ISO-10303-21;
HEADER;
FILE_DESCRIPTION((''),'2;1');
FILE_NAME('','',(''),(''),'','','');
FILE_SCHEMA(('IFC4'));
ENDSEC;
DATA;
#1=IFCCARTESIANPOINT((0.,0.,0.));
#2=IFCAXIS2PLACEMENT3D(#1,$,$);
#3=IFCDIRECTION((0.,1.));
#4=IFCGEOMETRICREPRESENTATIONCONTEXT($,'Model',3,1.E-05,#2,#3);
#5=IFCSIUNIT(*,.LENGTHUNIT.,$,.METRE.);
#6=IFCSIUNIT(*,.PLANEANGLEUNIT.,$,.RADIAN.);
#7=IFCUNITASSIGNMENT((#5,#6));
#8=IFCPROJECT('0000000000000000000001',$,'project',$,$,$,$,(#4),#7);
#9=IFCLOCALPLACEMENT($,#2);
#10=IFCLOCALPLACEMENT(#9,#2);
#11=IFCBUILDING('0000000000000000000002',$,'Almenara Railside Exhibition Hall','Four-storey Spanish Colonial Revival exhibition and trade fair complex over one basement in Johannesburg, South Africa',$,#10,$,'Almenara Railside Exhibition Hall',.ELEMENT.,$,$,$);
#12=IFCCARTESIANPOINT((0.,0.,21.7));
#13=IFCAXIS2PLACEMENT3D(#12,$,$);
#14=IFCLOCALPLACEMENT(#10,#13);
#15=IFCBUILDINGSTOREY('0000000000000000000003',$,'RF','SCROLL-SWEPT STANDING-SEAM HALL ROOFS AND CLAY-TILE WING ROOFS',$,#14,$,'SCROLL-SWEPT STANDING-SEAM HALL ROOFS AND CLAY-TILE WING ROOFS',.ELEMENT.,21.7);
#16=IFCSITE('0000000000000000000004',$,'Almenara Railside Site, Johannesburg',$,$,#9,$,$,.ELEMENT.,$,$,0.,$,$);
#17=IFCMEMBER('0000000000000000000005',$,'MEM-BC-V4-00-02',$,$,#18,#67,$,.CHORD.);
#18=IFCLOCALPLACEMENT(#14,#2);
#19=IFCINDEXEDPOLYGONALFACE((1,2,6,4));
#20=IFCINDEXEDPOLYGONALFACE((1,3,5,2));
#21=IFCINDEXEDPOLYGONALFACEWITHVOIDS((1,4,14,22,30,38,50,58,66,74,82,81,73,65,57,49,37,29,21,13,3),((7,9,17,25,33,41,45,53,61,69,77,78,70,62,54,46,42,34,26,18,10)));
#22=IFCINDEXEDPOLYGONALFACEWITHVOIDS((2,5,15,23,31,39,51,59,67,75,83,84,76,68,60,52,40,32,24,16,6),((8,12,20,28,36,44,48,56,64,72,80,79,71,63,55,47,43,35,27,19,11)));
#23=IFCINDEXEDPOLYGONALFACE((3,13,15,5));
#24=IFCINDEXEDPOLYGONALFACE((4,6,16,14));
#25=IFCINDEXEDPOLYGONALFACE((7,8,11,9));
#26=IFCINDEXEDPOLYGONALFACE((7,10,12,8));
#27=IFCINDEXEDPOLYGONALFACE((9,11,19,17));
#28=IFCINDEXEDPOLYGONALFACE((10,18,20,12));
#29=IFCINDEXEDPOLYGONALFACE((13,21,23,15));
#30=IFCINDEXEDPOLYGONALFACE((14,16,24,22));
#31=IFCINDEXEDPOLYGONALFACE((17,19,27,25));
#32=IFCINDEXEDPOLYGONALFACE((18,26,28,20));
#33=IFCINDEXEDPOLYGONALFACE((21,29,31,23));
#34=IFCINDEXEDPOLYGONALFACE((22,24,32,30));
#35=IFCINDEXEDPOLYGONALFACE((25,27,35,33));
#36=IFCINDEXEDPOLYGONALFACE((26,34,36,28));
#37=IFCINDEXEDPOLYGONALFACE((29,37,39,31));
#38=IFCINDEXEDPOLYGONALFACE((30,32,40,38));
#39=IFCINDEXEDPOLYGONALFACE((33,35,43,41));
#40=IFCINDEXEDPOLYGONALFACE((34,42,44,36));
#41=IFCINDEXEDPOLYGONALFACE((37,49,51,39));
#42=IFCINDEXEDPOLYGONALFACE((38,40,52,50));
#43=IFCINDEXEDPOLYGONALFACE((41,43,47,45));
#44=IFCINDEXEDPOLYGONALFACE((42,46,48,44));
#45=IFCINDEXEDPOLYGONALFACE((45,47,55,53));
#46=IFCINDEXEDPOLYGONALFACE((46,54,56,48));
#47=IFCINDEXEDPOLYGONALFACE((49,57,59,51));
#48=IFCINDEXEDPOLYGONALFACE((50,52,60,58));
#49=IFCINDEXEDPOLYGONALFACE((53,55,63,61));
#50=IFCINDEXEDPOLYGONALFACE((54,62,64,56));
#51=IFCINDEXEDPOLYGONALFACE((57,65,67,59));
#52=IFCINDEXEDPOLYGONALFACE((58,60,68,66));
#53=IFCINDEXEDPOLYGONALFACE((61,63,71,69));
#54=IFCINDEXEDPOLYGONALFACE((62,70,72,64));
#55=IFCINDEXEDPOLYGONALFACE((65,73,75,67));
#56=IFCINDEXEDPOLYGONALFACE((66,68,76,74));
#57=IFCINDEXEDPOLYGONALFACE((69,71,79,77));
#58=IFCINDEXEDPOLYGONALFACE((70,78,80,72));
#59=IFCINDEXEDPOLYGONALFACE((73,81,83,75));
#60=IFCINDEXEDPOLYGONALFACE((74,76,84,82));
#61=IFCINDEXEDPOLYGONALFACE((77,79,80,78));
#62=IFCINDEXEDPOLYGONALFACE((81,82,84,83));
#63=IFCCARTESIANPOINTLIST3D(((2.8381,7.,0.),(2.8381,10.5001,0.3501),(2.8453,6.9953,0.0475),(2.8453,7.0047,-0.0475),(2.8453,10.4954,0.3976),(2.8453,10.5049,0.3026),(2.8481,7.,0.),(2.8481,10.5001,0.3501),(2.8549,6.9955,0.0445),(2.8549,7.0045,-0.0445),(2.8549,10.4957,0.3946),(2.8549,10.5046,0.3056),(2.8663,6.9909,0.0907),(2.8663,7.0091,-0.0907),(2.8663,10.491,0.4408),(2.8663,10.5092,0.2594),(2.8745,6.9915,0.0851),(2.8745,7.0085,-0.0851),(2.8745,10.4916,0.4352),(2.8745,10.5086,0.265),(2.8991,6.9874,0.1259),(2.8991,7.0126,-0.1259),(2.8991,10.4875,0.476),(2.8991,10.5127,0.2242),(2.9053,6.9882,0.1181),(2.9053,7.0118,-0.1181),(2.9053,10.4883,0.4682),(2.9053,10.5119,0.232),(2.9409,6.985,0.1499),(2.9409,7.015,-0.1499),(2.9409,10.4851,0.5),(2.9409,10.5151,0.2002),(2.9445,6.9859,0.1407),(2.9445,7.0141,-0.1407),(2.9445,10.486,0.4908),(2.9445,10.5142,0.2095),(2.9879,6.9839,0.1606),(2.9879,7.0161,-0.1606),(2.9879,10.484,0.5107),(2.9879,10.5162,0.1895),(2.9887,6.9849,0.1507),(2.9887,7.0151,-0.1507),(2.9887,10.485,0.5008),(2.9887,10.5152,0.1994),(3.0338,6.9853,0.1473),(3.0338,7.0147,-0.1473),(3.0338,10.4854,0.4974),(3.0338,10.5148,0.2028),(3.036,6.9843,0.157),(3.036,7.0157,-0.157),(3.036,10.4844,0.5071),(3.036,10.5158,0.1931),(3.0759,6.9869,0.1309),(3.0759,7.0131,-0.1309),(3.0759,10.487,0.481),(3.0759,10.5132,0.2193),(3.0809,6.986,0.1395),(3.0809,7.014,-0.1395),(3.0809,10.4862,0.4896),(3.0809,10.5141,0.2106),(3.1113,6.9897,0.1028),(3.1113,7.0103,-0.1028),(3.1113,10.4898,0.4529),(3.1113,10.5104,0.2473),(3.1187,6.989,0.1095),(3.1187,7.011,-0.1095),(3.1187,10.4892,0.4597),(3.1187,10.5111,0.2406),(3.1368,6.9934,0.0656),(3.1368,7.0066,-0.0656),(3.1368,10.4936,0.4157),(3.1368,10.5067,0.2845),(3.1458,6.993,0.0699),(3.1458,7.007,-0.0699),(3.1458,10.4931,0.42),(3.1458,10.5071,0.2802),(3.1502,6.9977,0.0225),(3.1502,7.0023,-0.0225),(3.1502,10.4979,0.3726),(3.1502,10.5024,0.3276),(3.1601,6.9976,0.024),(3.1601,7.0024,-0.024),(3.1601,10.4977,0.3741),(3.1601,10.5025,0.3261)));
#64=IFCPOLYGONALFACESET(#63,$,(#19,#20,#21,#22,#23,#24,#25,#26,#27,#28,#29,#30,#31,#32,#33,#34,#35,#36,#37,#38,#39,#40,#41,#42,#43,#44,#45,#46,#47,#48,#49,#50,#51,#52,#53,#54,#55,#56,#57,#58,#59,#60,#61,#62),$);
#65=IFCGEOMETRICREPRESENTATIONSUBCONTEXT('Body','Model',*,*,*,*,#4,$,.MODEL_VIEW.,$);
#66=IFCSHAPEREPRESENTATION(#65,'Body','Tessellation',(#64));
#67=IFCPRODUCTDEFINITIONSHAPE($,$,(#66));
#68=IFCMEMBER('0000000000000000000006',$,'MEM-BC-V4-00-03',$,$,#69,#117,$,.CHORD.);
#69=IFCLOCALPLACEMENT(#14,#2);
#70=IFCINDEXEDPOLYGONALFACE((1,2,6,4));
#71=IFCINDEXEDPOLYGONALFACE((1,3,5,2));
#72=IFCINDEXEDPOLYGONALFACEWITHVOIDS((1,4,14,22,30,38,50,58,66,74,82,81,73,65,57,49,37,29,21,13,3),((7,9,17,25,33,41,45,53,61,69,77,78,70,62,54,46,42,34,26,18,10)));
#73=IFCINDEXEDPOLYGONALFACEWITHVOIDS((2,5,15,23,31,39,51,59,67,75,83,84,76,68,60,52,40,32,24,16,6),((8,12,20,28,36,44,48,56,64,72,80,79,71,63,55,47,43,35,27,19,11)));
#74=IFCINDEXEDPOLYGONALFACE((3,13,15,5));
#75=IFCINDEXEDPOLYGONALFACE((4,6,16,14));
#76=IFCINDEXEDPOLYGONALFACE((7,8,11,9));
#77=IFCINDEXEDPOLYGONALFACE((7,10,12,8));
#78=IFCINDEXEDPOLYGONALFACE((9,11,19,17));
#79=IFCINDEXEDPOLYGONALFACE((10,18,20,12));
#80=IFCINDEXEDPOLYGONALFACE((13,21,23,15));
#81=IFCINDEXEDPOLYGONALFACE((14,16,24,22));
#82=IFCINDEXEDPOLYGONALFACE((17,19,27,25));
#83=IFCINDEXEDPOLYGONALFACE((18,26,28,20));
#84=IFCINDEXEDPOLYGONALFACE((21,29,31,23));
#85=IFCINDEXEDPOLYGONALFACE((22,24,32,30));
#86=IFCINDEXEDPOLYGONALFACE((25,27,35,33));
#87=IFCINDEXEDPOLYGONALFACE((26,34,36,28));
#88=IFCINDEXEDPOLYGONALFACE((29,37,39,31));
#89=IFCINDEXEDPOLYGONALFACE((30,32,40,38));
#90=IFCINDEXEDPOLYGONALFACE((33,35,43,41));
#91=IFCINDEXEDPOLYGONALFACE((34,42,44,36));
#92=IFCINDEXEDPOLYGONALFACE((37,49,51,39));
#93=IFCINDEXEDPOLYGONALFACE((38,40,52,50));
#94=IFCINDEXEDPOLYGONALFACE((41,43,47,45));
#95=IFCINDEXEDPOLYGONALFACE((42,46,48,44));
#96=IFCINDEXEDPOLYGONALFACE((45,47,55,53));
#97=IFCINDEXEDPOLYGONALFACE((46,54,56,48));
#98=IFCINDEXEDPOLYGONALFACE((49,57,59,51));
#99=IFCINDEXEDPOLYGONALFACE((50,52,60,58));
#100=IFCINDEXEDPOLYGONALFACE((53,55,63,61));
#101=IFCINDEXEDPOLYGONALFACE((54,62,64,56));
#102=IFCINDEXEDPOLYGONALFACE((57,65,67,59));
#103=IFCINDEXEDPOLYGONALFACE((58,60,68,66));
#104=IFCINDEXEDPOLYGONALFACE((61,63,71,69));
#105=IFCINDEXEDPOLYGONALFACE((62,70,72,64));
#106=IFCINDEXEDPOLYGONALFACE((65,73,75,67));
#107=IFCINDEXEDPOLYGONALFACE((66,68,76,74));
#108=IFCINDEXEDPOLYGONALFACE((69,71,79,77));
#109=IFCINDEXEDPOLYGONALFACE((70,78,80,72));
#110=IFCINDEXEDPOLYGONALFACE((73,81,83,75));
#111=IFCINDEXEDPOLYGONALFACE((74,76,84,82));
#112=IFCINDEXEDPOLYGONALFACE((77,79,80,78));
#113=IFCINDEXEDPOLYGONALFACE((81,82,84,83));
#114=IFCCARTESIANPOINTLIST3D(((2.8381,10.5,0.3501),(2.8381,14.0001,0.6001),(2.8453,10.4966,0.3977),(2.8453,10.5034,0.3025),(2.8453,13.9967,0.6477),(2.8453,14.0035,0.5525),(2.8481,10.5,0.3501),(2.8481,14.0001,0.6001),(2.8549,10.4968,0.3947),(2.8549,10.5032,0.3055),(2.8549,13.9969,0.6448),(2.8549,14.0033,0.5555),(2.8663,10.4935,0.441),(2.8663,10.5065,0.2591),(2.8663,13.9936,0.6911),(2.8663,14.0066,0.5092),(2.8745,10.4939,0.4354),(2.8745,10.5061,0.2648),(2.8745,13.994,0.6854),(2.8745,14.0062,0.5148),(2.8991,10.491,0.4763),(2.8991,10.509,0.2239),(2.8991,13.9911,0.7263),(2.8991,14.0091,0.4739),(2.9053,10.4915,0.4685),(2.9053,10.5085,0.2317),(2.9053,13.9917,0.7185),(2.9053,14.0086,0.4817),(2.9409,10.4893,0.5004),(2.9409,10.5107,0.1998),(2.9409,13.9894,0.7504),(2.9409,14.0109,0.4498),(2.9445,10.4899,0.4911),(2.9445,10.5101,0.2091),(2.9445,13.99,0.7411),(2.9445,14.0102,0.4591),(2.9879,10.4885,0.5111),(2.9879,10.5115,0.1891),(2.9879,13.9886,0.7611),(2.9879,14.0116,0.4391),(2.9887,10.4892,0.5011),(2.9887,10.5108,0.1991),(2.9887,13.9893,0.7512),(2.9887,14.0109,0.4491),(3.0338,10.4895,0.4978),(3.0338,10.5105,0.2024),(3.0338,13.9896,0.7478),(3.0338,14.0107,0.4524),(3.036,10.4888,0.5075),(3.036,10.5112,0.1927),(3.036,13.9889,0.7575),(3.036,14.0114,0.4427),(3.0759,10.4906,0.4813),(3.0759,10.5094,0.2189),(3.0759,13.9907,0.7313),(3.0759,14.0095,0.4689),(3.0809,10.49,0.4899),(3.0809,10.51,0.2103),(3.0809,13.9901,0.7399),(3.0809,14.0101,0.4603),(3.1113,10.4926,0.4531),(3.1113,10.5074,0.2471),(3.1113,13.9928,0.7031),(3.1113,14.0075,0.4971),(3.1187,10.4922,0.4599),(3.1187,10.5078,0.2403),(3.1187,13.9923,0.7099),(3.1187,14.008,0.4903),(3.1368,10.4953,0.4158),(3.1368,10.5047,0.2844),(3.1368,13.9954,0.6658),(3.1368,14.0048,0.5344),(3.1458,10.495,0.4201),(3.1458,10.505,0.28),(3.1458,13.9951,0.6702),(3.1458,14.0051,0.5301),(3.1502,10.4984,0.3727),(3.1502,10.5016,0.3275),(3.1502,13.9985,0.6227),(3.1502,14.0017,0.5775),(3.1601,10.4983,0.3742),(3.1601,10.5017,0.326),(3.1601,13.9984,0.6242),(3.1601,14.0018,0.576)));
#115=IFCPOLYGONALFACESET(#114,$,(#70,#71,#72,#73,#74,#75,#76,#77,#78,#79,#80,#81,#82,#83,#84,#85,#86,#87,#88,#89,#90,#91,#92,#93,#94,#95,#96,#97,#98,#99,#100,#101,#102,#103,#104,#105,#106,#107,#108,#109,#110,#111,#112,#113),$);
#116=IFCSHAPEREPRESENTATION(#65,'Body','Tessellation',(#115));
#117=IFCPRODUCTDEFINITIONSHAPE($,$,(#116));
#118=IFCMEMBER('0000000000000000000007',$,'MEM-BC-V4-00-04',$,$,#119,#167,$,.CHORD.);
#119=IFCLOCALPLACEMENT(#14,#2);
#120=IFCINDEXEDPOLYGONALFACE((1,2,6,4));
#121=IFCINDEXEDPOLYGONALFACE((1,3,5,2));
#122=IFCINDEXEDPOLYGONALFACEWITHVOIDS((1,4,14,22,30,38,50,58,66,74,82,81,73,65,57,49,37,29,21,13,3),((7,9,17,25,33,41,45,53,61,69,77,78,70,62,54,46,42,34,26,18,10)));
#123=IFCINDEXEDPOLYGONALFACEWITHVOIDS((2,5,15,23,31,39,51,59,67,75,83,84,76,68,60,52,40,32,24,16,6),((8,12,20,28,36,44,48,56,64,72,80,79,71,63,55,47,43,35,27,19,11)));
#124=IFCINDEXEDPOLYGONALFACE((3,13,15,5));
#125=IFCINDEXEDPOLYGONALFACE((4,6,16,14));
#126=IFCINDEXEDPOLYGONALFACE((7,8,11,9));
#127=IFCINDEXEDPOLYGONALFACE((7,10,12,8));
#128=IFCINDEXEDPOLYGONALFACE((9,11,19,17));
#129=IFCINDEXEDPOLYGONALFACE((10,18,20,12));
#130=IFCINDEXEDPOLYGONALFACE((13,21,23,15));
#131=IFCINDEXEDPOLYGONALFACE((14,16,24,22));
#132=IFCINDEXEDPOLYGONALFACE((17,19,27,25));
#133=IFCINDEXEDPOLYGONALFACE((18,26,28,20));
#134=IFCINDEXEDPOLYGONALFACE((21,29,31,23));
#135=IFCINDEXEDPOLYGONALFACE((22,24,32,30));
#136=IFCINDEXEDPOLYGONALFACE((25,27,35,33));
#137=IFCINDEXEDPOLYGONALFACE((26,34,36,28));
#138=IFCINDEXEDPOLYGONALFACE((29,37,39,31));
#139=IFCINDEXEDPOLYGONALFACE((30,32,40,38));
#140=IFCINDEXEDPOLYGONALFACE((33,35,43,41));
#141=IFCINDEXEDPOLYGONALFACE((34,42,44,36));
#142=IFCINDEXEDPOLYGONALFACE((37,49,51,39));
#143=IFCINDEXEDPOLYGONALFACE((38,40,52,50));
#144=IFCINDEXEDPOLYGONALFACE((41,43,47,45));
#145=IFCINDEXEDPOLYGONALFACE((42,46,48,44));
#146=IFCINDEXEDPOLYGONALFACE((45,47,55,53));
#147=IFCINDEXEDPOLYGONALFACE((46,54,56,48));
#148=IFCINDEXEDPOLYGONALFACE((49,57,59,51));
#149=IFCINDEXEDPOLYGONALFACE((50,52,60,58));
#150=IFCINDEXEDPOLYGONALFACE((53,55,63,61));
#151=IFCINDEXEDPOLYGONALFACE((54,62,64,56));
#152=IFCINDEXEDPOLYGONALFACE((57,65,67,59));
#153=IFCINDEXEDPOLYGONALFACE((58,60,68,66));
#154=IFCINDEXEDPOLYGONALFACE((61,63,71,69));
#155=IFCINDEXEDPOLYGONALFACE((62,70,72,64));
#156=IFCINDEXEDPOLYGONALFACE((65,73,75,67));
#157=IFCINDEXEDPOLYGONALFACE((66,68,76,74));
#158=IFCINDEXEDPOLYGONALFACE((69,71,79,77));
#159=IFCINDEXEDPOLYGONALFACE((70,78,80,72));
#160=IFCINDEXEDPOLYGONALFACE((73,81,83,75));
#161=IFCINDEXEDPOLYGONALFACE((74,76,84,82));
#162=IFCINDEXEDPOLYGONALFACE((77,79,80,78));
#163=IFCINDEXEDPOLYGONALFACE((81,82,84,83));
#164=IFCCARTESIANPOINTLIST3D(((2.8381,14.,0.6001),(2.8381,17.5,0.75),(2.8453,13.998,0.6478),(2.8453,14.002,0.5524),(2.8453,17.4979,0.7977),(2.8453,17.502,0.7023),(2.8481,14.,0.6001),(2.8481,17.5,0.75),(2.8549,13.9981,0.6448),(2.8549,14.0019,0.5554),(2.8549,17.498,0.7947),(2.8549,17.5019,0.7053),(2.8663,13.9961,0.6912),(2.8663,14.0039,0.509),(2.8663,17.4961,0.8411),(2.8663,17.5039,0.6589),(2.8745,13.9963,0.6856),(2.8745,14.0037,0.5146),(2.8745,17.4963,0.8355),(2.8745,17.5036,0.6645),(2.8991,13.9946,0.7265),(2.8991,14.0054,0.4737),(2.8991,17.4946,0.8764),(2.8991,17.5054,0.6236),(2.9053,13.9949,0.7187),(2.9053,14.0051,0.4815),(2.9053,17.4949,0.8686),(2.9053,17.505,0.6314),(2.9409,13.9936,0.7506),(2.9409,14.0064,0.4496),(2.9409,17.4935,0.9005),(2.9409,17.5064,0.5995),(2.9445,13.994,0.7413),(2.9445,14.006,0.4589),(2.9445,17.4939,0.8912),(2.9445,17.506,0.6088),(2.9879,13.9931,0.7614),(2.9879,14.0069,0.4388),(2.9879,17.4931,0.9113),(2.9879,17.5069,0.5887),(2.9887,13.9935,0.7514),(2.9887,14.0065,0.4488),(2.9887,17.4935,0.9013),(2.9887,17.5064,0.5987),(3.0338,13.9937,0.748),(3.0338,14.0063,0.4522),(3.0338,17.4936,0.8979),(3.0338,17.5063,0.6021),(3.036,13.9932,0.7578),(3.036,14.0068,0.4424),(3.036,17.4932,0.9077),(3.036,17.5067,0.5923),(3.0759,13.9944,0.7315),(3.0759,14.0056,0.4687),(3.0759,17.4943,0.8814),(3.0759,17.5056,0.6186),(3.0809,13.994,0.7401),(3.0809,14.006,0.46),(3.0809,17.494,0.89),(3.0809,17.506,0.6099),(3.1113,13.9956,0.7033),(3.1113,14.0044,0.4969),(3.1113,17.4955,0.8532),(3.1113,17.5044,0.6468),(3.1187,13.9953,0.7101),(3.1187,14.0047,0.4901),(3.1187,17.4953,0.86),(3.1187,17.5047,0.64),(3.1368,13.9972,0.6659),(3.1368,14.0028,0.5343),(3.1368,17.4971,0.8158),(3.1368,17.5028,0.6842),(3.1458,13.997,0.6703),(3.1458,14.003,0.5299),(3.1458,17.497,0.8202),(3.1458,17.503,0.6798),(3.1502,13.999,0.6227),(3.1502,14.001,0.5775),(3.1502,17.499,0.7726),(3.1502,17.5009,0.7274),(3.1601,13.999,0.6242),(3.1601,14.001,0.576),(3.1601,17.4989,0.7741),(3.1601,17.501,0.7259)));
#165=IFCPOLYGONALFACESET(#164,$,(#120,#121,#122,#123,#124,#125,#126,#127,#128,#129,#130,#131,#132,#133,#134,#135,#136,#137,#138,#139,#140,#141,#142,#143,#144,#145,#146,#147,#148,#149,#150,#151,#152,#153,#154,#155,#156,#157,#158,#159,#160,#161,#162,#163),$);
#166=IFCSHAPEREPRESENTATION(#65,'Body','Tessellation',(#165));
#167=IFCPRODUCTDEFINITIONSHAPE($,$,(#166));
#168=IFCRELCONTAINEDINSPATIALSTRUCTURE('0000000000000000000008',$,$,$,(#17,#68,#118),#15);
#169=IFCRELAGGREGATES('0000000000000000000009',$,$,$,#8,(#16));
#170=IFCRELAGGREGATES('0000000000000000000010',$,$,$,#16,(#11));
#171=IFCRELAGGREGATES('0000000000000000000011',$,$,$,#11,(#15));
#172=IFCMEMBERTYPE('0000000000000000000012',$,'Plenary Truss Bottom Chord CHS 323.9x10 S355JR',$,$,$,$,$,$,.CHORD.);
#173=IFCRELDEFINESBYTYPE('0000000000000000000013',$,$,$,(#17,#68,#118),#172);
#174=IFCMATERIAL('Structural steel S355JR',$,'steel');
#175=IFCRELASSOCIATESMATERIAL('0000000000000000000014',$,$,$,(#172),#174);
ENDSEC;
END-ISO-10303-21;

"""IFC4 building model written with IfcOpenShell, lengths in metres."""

from ifc_helpers import new_model, si_unit, direction, frame, origin, origin_2d, place, context, subcontext, project, spatial, hollow_circle, extrude, material, material_profile, profile_set, type_object, element, save


model = new_model("IFC4")

# Units and contexts
model_context = context("Model", 3, precision=1e-05, world=origin(), true_north=direction((0.0, 1.0)))
body_context = subcontext(model_context, "Body", "Model", "MODEL_VIEW")
ifc_project = project(units=[si_unit("LENGTHUNIT", "METRE"), si_unit("PLANEANGLEUNIT", "RADIAN")], contexts=[model_context])

# Site, building, storey
site_placement = place(None, origin())
site = spatial("IfcSite", under=ifc_project, at=site_placement, Name="Almenara Railside Site, Johannesburg", CompositionType="ELEMENT", RefElevation=0.0)
building_placement = place(site_placement, origin())
building = spatial("IfcBuilding", under=site, at=building_placement, Name="Almenara Railside Exhibition Hall", Description="Four-storey Spanish Colonial Revival exhibition and trade fair complex over one basement in Johannesburg, South Africa", LongName="Almenara Railside Exhibition Hall", CompositionType="ELEMENT")
storey_placement = place(building_placement, frame((0.0, 0.0, 21.7)))
storey = spatial("IfcBuildingStorey", under=building, at=storey_placement, Name="RF", Description="SCROLL-SWEPT STANDING-SEAM HALL ROOFS AND CLAY-TILE WING ROOFS", LongName="SCROLL-SWEPT STANDING-SEAM HALL ROOFS AND CLAY-TILE WING ROOFS", CompositionType="ELEMENT", Elevation=21.7)

# Members
ifc_material_1 = material(Name="Structural steel S355JR", Category="steel")
ifc_material_profile_1 = material_profile(ifc_material_1, hollow_circle(Radius=0.1619, WallThickness=0.01, at=origin_2d()), Name="CHS 323.9x10")
ifc_profile_set_1 = profile_set([ifc_material_profile_1], Name="Structural steel S355JR")
member_type_1 = type_object("IfcMemberType", Name="Plenary Truss Bottom Chord CHS 323.9x10 S355JR", PredefinedType="CHORD", material=ifc_profile_set_1)
member_1_placement = place(storey_placement, frame((3.0, 7.0, 0.0), z_axis=(0.0, 0.995034, 0.099531), x_axis=(-1.0, 0.0, 0.0)))
element("IfcMember", 1, at=member_1_placement, inside=storey, type_object=member_type_1, Name="MEM-BC-V4-00-02", PredefinedType="CHORD", context=body_context, shape_type="SweptSolid", body=[
    extrude(hollow_circle(Radius=0.1619, WallThickness=0.01, at=origin_2d()), origin(), (0.0, 0.0, 1.0), 3.5176),
])
member_2_placement = place(storey_placement, frame((3.0, 10.5, 0.3501), z_axis=(0.0, 0.997459, 0.071247), x_axis=(-1.0, 0.0, 0.0)))
element("IfcMember", 2, at=member_2_placement, inside=storey, type_object=member_type_1, Name="MEM-BC-V4-00-03", PredefinedType="CHORD", context=body_context, shape_type="SweptSolid", body=[
    extrude(hollow_circle(Radius=0.1619, WallThickness=0.01, at=origin_2d()), origin(), (0.0, 0.0, 1.0), 3.509),
])
member_3_placement = place(storey_placement, frame((3.0, 14.0, 0.6001), z_axis=(0.0, 0.999084, 0.04279), x_axis=(-1.0, 0.0, 0.0)))
element("IfcMember", 3, at=member_3_placement, inside=storey, type_object=member_type_1, Name="MEM-BC-V4-00-04", PredefinedType="CHORD", context=body_context, shape_type="SweptSolid", body=[
    extrude(hollow_circle(Radius=0.1619, WallThickness=0.01, at=origin_2d()), origin(), (0.0, 0.0, 1.0), 3.5032),
])

save(model, "model.ifc")
